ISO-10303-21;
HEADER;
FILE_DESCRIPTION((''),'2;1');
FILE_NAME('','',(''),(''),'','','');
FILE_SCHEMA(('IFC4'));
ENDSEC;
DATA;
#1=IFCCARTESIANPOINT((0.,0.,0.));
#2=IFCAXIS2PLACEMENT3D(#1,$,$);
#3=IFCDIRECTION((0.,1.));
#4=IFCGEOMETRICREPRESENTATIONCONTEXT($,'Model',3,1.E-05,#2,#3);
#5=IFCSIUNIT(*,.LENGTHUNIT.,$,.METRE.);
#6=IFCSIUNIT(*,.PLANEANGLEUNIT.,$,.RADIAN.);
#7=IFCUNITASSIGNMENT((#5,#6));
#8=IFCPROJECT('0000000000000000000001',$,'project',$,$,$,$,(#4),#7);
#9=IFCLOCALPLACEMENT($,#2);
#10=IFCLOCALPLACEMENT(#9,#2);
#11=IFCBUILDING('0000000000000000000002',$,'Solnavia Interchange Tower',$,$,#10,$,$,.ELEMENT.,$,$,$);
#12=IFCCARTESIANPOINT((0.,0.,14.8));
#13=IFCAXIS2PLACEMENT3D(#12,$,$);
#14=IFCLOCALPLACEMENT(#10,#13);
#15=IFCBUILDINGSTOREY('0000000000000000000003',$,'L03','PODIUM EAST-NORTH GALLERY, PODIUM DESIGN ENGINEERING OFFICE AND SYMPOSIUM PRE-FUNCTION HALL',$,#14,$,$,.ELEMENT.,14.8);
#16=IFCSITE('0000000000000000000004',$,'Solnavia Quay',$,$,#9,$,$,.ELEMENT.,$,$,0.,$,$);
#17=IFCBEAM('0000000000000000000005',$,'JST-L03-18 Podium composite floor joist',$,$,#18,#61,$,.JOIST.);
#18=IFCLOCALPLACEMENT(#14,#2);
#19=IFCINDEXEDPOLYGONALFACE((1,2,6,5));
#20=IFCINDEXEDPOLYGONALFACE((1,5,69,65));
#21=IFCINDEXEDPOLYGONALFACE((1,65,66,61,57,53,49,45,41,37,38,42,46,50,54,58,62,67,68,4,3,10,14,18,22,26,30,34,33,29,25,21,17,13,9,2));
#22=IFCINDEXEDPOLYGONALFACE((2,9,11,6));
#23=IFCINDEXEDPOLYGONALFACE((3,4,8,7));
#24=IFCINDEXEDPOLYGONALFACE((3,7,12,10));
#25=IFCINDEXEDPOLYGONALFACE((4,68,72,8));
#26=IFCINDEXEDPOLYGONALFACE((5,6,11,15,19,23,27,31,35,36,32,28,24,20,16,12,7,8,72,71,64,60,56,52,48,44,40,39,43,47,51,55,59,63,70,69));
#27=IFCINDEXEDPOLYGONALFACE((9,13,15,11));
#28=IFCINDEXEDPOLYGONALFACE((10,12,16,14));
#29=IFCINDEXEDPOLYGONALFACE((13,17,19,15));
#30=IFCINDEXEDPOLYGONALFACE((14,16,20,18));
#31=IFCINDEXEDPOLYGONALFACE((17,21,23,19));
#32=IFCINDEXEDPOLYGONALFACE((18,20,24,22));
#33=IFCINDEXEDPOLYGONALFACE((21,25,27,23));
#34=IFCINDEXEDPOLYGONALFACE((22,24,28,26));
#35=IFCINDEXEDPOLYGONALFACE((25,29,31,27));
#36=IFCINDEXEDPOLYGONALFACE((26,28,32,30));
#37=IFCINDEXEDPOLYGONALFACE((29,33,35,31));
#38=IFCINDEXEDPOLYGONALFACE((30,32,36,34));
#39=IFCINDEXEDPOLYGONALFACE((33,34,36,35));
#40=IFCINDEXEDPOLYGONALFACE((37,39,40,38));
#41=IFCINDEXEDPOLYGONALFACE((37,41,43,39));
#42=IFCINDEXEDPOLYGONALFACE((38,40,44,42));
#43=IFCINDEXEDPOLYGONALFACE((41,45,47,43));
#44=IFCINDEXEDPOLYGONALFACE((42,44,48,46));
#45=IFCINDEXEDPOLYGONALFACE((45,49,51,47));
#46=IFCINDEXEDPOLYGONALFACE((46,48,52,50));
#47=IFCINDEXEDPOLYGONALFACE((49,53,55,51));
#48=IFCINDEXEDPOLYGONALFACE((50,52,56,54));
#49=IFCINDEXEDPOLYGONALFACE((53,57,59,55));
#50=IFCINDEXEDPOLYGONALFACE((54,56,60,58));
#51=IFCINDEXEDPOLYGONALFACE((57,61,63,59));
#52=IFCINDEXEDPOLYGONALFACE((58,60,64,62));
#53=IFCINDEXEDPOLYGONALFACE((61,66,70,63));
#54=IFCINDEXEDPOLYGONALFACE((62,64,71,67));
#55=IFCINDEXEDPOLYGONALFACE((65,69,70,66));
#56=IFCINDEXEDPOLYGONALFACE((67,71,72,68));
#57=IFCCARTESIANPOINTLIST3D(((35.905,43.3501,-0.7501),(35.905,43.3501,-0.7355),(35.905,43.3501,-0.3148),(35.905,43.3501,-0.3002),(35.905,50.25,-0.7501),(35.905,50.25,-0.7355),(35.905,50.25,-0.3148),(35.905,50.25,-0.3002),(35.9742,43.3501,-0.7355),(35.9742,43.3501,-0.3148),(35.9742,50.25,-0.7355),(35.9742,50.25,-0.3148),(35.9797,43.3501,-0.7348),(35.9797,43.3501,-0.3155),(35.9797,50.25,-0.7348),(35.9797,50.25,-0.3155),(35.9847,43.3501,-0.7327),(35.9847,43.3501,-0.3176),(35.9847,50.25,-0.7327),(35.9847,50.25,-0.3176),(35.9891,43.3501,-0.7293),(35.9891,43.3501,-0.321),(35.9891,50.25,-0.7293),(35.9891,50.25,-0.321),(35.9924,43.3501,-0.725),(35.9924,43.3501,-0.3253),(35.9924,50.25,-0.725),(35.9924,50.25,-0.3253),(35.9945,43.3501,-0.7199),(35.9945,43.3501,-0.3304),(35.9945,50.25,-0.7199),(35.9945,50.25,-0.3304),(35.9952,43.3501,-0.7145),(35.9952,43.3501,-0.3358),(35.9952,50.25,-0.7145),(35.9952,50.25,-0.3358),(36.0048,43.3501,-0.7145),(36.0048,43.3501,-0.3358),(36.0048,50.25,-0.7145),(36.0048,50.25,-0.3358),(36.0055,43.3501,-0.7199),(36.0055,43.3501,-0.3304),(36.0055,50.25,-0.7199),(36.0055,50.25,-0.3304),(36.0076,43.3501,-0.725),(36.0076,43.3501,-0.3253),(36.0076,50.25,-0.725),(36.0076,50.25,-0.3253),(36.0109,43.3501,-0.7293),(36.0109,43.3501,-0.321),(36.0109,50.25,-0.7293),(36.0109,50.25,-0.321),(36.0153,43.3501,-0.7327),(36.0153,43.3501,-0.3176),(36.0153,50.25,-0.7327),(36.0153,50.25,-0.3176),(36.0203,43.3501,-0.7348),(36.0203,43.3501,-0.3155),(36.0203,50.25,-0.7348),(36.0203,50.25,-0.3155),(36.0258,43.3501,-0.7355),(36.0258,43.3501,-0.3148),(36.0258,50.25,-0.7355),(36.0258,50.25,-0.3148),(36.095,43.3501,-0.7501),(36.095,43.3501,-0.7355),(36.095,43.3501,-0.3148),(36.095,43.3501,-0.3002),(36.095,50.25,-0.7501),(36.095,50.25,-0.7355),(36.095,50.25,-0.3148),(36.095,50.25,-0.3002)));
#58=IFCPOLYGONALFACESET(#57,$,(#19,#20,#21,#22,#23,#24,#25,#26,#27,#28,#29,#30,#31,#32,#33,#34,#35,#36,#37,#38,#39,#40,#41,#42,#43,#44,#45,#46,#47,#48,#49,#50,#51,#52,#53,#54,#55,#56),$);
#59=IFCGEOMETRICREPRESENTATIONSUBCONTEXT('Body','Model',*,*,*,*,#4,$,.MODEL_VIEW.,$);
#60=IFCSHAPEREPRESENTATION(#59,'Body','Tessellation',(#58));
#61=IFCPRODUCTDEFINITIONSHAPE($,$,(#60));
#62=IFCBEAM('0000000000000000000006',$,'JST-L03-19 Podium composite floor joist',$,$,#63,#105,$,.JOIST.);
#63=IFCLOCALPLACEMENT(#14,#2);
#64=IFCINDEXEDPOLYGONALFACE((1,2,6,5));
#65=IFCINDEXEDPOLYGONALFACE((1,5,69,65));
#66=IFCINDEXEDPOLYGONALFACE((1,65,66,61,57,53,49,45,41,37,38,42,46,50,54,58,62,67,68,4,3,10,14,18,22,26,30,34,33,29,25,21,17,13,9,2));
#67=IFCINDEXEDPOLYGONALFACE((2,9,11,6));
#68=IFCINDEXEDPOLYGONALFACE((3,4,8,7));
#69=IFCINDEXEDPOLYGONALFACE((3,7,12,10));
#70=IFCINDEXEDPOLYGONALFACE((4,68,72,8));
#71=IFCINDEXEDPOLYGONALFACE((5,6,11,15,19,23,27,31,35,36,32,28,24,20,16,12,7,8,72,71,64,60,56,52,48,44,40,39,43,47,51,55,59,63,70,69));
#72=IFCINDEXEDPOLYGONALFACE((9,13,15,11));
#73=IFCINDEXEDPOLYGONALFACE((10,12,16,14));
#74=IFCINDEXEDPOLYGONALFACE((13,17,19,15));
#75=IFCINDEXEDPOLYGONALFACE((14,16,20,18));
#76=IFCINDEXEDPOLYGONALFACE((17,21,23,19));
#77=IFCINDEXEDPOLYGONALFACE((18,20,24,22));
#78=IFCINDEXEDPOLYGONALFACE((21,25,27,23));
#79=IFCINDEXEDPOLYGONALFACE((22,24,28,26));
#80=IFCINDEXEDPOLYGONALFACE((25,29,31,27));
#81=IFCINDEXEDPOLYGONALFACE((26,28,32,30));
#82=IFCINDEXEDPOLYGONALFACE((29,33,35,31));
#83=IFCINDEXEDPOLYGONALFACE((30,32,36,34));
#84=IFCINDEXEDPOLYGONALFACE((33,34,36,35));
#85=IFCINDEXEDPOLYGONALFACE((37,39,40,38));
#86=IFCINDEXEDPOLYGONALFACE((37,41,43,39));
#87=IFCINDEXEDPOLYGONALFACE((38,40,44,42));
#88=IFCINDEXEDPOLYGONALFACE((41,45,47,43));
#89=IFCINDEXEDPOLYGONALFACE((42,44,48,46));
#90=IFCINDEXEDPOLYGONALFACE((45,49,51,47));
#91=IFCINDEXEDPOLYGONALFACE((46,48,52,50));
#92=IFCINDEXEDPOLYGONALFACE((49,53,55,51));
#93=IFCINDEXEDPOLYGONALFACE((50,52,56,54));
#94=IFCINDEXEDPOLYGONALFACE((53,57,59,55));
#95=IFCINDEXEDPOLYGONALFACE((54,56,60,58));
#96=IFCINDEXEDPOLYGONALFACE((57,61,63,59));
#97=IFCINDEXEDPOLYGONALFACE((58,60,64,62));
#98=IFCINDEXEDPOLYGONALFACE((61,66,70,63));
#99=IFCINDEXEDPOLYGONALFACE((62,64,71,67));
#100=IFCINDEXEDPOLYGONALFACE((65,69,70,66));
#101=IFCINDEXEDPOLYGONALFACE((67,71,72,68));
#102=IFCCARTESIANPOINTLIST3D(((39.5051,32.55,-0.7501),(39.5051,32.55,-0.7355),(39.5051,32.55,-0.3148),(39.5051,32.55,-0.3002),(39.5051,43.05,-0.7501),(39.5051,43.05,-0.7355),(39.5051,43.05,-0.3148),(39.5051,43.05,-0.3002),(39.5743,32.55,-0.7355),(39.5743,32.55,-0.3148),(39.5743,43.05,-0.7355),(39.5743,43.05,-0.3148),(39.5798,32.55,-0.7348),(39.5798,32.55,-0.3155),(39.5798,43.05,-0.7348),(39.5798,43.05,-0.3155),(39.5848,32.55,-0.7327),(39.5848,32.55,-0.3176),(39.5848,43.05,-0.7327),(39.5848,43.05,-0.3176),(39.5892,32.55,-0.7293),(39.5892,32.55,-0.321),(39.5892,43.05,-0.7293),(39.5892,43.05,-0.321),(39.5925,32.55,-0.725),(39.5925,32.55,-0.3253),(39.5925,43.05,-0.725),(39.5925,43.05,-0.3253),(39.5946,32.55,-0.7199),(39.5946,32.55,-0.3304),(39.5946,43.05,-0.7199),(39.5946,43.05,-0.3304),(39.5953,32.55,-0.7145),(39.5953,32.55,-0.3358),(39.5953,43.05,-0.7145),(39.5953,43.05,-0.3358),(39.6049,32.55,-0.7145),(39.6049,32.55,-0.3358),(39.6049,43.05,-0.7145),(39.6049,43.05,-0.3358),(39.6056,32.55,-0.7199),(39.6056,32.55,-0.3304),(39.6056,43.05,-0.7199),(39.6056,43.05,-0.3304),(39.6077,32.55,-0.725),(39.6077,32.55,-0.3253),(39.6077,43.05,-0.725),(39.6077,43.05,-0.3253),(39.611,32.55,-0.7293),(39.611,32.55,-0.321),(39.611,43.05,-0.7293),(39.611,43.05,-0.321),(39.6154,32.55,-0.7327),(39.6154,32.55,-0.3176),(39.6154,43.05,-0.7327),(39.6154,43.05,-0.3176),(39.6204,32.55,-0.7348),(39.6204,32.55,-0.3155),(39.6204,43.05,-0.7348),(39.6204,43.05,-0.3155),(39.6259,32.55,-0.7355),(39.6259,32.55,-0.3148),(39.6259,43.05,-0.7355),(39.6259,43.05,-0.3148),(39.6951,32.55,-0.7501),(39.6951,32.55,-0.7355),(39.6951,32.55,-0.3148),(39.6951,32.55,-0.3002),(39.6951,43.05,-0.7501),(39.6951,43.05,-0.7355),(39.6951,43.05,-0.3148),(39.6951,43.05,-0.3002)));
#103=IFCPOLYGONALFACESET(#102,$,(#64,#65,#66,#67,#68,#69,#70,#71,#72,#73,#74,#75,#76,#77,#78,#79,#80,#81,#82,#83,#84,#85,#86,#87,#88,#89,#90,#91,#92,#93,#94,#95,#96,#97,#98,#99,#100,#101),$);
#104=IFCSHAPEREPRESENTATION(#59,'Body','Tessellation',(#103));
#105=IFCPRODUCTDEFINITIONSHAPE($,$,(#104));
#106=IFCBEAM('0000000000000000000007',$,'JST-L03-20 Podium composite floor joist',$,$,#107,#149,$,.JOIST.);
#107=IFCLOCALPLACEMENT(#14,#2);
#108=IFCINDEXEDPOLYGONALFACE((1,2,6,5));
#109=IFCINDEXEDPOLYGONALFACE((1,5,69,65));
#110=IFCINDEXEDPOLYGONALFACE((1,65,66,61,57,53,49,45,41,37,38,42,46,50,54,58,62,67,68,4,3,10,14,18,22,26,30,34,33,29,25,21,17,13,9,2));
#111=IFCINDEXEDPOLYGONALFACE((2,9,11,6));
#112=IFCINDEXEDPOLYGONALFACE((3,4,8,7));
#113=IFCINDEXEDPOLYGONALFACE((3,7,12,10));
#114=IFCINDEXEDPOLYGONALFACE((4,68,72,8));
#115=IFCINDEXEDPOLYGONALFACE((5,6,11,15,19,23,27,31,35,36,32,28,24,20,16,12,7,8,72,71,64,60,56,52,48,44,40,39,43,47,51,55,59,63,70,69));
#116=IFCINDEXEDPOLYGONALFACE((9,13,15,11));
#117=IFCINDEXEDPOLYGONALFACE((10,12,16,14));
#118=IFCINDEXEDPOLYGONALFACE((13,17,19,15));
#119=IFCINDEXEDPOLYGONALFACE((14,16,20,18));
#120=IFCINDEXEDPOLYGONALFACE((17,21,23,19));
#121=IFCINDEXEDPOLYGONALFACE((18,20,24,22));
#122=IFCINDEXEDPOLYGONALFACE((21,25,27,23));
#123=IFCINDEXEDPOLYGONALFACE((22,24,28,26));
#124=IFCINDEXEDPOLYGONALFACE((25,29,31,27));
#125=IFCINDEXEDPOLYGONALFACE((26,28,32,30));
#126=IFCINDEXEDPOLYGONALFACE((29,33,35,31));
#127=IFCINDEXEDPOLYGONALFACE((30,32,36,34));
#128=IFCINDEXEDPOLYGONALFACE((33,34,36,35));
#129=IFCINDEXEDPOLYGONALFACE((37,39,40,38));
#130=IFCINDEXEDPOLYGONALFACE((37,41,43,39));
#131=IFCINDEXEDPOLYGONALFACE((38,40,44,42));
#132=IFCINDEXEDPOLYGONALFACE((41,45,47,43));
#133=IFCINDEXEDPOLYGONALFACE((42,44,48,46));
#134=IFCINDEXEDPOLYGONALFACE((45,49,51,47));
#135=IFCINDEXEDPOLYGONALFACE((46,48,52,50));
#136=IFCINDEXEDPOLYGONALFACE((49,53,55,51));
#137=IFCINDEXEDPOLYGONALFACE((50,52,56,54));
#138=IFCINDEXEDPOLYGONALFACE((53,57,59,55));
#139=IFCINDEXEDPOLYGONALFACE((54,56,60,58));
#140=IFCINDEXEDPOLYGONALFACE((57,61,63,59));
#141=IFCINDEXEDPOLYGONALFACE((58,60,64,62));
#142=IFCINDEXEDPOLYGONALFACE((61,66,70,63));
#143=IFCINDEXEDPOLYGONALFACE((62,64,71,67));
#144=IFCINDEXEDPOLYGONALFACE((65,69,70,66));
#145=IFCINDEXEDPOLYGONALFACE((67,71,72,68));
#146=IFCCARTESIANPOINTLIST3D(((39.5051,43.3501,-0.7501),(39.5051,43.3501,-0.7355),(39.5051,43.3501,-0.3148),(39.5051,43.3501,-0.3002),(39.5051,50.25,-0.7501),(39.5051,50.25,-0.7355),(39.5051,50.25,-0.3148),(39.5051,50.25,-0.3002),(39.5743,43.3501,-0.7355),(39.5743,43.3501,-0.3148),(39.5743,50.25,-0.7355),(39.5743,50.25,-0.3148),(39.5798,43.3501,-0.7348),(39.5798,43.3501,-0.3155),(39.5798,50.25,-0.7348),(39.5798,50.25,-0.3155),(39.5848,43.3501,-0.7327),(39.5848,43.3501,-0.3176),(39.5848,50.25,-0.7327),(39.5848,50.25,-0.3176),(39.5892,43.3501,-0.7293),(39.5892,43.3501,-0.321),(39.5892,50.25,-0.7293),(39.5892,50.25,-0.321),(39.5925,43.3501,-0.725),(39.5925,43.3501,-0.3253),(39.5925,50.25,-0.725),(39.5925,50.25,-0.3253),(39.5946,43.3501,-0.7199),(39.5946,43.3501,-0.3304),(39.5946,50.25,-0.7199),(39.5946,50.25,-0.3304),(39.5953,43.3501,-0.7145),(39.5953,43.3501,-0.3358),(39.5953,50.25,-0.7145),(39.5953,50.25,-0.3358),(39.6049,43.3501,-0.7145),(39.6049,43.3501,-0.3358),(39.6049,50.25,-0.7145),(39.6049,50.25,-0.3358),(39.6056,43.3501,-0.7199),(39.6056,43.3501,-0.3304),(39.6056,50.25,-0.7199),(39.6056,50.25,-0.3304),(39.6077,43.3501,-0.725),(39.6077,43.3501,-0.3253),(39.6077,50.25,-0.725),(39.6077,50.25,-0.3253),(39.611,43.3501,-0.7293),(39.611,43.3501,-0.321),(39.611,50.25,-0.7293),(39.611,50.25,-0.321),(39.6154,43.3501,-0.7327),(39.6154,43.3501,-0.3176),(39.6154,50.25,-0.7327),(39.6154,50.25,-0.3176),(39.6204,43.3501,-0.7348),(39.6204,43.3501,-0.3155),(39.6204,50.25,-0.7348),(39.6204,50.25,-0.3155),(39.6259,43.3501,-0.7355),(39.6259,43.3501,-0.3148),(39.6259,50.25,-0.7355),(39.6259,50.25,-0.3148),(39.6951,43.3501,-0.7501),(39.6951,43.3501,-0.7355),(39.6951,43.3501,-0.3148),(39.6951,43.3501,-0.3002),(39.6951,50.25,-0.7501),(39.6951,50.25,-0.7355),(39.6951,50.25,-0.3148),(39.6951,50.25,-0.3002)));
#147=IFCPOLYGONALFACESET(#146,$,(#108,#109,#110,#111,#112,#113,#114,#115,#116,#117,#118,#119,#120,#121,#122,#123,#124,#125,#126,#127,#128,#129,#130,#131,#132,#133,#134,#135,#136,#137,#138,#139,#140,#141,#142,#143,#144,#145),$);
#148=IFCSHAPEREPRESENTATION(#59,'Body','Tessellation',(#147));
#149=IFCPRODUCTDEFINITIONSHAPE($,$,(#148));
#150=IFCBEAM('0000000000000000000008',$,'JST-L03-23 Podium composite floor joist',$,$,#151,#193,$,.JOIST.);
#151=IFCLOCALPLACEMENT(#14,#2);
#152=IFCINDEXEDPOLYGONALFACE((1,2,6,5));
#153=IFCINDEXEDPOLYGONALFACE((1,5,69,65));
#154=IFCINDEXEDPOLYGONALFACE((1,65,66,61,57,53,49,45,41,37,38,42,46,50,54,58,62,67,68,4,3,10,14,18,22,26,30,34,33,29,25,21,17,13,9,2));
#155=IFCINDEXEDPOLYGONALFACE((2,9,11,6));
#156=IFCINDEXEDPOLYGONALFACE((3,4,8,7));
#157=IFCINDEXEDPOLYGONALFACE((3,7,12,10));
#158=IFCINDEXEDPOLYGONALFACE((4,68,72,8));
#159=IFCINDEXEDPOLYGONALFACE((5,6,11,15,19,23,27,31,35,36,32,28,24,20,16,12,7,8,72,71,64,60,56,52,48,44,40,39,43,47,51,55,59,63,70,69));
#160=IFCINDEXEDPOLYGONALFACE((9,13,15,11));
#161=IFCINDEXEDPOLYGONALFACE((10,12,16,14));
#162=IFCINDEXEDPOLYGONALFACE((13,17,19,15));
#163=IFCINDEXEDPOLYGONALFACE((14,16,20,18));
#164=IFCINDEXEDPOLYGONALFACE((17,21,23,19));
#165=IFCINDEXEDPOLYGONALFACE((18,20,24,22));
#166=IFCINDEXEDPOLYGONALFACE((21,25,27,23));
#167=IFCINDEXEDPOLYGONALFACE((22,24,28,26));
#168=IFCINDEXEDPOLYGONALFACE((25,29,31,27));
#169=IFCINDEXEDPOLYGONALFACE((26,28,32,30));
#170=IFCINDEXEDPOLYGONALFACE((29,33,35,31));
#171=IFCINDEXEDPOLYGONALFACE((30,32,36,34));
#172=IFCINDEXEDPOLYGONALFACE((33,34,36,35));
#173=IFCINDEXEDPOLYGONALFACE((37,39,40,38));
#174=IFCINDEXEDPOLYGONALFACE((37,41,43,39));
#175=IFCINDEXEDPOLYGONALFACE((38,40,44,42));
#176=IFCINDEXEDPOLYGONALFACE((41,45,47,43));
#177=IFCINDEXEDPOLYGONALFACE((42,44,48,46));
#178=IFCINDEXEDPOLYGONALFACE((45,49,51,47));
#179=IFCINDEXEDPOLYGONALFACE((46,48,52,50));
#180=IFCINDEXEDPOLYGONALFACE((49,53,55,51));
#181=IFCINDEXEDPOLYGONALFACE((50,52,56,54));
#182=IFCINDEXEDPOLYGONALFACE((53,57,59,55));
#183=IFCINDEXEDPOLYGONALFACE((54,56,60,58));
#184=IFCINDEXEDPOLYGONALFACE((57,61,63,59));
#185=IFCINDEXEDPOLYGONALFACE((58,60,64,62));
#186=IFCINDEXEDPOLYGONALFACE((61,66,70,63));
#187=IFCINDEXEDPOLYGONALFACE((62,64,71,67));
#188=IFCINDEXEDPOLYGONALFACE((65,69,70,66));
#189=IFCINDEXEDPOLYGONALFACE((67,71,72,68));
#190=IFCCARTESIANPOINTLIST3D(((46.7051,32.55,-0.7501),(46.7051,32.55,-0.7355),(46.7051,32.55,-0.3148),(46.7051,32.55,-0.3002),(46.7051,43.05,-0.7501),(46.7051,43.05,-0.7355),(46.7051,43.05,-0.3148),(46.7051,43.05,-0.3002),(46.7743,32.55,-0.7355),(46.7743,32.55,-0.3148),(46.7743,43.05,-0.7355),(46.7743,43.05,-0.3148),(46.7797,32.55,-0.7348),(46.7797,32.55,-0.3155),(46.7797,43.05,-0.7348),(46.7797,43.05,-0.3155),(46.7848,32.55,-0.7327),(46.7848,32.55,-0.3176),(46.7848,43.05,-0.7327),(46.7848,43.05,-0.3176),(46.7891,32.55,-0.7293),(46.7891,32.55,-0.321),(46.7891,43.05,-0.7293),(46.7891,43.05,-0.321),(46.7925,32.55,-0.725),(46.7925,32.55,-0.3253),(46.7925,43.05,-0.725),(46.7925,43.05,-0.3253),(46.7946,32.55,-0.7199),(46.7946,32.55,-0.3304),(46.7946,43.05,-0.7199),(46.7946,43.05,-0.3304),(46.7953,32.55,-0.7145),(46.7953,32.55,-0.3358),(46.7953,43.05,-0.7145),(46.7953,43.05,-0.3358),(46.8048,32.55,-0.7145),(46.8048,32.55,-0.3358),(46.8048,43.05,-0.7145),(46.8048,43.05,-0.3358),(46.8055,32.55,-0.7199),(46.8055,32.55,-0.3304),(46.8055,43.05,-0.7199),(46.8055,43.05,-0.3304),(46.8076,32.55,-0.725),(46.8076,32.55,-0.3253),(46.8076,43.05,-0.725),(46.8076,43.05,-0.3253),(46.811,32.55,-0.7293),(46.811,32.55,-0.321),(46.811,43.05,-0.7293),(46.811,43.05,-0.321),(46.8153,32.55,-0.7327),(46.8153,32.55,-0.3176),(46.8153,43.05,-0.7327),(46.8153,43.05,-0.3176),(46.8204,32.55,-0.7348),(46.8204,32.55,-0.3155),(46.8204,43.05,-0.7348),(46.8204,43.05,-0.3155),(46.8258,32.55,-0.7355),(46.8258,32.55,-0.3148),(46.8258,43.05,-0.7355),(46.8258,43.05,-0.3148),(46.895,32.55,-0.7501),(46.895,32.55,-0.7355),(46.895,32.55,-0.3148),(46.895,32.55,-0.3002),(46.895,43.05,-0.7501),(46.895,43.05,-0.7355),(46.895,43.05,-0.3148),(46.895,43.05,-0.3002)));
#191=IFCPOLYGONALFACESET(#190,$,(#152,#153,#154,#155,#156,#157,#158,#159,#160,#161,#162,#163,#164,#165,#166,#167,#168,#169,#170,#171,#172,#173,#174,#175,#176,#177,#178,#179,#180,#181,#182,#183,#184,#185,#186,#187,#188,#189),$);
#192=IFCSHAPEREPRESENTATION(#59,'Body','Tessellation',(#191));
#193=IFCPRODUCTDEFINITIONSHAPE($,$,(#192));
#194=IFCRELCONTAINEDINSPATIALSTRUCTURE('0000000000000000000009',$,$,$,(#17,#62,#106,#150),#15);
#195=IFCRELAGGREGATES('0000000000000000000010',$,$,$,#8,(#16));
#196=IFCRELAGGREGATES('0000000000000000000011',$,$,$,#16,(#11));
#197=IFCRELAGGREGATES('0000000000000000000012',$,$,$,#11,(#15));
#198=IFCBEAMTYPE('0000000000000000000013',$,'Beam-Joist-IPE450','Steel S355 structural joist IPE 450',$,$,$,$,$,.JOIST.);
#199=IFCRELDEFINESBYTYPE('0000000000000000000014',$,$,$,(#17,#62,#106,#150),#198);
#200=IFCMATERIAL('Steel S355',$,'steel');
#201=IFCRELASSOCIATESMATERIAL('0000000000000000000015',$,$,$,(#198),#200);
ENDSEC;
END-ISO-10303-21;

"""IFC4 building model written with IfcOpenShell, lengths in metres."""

from ifc_helpers import new_model, si_unit, direction, frame, origin, origin_2d, place, context, subcontext, project, spatial, i_section, extrude, material, material_profile, profile_set, type_object, element, save


model = new_model("IFC4")

# Units and contexts
model_context = context("Model", 3, precision=1e-05, world=origin(), true_north=direction((0.0, 1.0)))
body_context = subcontext(model_context, "Body", "Model", "MODEL_VIEW")
ifc_project = project(units=[si_unit("LENGTHUNIT", "METRE"), si_unit("PLANEANGLEUNIT", "RADIAN")], contexts=[model_context])

# Site, building, storey
site_placement = place(None, origin())
site = spatial("IfcSite", under=ifc_project, at=site_placement, Name="Solnavia Quay", CompositionType="ELEMENT", RefElevation=0.0)
building_placement = place(site_placement, origin())
building = spatial("IfcBuilding", under=site, at=building_placement, Name="Solnavia Interchange Tower", CompositionType="ELEMENT")
storey_placement = place(building_placement, frame((0.0, 0.0, 14.8)))
storey = spatial("IfcBuildingStorey", under=building, at=storey_placement, Name="L03", Description="PODIUM EAST-NORTH GALLERY, PODIUM DESIGN ENGINEERING OFFICE AND SYMPOSIUM PRE-FUNCTION HALL", CompositionType="ELEMENT", Elevation=14.8)

# Beams
ifc_material_1 = material(Name="Steel S355", Category="steel")
ifc_material_profile_1 = material_profile(ifc_material_1, i_section(OverallWidth=0.1899, OverallDepth=0.45, WebThickness=0.0095, FlangeThickness=0.0146, FilletRadius=0.021, at=origin_2d()), Name="IPE 450")
ifc_profile_set_1 = profile_set([ifc_material_profile_1], Name="Steel S355")
beam_type_1 = type_object("IfcBeamType", Name="Beam-Joist-IPE450", Description="Steel S355 structural joist IPE 450", PredefinedType="JOIST", material=ifc_profile_set_1)
beam_1_placement = place(storey_placement, frame((36.0, 43.3501, -0.5251), z_axis=(0.0, 1.0, 0.0), x_axis=(-1.0, 0.0, 0.0)))
element("IfcBeam", 1, at=beam_1_placement, inside=storey, type_object=beam_type_1, Name="JST-L03-18 Podium composite floor joist", PredefinedType="JOIST", context=body_context, shape_type="SweptSolid", body=[
    extrude(i_section(OverallWidth=0.1899, OverallDepth=0.45, WebThickness=0.0095, FlangeThickness=0.0146, FilletRadius=0.021, at=origin_2d()), origin(), (0.0, 0.0, 1.0), 6.8999),
])
beam_2_placement = place(storey_placement, frame((39.6001, 32.55, -0.5251), z_axis=(0.0, 1.0, 0.0), x_axis=(-1.0, 0.0, 0.0)))
element("IfcBeam", 2, at=beam_2_placement, inside=storey, type_object=beam_type_1, Name="JST-L03-19 Podium composite floor joist", PredefinedType="JOIST", context=body_context, shape_type="SweptSolid", body=[
    extrude(i_section(OverallWidth=0.1899, OverallDepth=0.45, WebThickness=0.0095, FlangeThickness=0.0146, FilletRadius=0.021, at=origin_2d()), origin(), (0.0, 0.0, 1.0), 10.5),
])
beam_3_placement = place(storey_placement, frame((39.6001, 43.3501, -0.5251), z_axis=(0.0, 1.0, 0.0), x_axis=(-1.0, 0.0, 0.0)))
element("IfcBeam", 3, at=beam_3_placement, inside=storey, type_object=beam_type_1, Name="JST-L03-20 Podium composite floor joist", PredefinedType="JOIST", context=body_context, shape_type="SweptSolid", body=[
    extrude(i_section(OverallWidth=0.1899, OverallDepth=0.45, WebThickness=0.0095, FlangeThickness=0.0146, FilletRadius=0.021, at=origin_2d()), origin(), (0.0, 0.0, 1.0), 6.8999),
])
beam_4_placement = place(storey_placement, frame((46.8, 32.55, -0.5251), z_axis=(0.0, 1.0, 0.0), x_axis=(-1.0, 0.0, 0.0)))
element("IfcBeam", 4, at=beam_4_placement, inside=storey, type_object=beam_type_1, Name="JST-L03-23 Podium composite floor joist", PredefinedType="JOIST", context=body_context, shape_type="SweptSolid", body=[
    extrude(i_section(OverallWidth=0.1899, OverallDepth=0.45, WebThickness=0.0095, FlangeThickness=0.0146, FilletRadius=0.021, at=origin_2d()), origin(), (0.0, 0.0, 1.0), 10.5),
])

save(model, "model.ifc")
